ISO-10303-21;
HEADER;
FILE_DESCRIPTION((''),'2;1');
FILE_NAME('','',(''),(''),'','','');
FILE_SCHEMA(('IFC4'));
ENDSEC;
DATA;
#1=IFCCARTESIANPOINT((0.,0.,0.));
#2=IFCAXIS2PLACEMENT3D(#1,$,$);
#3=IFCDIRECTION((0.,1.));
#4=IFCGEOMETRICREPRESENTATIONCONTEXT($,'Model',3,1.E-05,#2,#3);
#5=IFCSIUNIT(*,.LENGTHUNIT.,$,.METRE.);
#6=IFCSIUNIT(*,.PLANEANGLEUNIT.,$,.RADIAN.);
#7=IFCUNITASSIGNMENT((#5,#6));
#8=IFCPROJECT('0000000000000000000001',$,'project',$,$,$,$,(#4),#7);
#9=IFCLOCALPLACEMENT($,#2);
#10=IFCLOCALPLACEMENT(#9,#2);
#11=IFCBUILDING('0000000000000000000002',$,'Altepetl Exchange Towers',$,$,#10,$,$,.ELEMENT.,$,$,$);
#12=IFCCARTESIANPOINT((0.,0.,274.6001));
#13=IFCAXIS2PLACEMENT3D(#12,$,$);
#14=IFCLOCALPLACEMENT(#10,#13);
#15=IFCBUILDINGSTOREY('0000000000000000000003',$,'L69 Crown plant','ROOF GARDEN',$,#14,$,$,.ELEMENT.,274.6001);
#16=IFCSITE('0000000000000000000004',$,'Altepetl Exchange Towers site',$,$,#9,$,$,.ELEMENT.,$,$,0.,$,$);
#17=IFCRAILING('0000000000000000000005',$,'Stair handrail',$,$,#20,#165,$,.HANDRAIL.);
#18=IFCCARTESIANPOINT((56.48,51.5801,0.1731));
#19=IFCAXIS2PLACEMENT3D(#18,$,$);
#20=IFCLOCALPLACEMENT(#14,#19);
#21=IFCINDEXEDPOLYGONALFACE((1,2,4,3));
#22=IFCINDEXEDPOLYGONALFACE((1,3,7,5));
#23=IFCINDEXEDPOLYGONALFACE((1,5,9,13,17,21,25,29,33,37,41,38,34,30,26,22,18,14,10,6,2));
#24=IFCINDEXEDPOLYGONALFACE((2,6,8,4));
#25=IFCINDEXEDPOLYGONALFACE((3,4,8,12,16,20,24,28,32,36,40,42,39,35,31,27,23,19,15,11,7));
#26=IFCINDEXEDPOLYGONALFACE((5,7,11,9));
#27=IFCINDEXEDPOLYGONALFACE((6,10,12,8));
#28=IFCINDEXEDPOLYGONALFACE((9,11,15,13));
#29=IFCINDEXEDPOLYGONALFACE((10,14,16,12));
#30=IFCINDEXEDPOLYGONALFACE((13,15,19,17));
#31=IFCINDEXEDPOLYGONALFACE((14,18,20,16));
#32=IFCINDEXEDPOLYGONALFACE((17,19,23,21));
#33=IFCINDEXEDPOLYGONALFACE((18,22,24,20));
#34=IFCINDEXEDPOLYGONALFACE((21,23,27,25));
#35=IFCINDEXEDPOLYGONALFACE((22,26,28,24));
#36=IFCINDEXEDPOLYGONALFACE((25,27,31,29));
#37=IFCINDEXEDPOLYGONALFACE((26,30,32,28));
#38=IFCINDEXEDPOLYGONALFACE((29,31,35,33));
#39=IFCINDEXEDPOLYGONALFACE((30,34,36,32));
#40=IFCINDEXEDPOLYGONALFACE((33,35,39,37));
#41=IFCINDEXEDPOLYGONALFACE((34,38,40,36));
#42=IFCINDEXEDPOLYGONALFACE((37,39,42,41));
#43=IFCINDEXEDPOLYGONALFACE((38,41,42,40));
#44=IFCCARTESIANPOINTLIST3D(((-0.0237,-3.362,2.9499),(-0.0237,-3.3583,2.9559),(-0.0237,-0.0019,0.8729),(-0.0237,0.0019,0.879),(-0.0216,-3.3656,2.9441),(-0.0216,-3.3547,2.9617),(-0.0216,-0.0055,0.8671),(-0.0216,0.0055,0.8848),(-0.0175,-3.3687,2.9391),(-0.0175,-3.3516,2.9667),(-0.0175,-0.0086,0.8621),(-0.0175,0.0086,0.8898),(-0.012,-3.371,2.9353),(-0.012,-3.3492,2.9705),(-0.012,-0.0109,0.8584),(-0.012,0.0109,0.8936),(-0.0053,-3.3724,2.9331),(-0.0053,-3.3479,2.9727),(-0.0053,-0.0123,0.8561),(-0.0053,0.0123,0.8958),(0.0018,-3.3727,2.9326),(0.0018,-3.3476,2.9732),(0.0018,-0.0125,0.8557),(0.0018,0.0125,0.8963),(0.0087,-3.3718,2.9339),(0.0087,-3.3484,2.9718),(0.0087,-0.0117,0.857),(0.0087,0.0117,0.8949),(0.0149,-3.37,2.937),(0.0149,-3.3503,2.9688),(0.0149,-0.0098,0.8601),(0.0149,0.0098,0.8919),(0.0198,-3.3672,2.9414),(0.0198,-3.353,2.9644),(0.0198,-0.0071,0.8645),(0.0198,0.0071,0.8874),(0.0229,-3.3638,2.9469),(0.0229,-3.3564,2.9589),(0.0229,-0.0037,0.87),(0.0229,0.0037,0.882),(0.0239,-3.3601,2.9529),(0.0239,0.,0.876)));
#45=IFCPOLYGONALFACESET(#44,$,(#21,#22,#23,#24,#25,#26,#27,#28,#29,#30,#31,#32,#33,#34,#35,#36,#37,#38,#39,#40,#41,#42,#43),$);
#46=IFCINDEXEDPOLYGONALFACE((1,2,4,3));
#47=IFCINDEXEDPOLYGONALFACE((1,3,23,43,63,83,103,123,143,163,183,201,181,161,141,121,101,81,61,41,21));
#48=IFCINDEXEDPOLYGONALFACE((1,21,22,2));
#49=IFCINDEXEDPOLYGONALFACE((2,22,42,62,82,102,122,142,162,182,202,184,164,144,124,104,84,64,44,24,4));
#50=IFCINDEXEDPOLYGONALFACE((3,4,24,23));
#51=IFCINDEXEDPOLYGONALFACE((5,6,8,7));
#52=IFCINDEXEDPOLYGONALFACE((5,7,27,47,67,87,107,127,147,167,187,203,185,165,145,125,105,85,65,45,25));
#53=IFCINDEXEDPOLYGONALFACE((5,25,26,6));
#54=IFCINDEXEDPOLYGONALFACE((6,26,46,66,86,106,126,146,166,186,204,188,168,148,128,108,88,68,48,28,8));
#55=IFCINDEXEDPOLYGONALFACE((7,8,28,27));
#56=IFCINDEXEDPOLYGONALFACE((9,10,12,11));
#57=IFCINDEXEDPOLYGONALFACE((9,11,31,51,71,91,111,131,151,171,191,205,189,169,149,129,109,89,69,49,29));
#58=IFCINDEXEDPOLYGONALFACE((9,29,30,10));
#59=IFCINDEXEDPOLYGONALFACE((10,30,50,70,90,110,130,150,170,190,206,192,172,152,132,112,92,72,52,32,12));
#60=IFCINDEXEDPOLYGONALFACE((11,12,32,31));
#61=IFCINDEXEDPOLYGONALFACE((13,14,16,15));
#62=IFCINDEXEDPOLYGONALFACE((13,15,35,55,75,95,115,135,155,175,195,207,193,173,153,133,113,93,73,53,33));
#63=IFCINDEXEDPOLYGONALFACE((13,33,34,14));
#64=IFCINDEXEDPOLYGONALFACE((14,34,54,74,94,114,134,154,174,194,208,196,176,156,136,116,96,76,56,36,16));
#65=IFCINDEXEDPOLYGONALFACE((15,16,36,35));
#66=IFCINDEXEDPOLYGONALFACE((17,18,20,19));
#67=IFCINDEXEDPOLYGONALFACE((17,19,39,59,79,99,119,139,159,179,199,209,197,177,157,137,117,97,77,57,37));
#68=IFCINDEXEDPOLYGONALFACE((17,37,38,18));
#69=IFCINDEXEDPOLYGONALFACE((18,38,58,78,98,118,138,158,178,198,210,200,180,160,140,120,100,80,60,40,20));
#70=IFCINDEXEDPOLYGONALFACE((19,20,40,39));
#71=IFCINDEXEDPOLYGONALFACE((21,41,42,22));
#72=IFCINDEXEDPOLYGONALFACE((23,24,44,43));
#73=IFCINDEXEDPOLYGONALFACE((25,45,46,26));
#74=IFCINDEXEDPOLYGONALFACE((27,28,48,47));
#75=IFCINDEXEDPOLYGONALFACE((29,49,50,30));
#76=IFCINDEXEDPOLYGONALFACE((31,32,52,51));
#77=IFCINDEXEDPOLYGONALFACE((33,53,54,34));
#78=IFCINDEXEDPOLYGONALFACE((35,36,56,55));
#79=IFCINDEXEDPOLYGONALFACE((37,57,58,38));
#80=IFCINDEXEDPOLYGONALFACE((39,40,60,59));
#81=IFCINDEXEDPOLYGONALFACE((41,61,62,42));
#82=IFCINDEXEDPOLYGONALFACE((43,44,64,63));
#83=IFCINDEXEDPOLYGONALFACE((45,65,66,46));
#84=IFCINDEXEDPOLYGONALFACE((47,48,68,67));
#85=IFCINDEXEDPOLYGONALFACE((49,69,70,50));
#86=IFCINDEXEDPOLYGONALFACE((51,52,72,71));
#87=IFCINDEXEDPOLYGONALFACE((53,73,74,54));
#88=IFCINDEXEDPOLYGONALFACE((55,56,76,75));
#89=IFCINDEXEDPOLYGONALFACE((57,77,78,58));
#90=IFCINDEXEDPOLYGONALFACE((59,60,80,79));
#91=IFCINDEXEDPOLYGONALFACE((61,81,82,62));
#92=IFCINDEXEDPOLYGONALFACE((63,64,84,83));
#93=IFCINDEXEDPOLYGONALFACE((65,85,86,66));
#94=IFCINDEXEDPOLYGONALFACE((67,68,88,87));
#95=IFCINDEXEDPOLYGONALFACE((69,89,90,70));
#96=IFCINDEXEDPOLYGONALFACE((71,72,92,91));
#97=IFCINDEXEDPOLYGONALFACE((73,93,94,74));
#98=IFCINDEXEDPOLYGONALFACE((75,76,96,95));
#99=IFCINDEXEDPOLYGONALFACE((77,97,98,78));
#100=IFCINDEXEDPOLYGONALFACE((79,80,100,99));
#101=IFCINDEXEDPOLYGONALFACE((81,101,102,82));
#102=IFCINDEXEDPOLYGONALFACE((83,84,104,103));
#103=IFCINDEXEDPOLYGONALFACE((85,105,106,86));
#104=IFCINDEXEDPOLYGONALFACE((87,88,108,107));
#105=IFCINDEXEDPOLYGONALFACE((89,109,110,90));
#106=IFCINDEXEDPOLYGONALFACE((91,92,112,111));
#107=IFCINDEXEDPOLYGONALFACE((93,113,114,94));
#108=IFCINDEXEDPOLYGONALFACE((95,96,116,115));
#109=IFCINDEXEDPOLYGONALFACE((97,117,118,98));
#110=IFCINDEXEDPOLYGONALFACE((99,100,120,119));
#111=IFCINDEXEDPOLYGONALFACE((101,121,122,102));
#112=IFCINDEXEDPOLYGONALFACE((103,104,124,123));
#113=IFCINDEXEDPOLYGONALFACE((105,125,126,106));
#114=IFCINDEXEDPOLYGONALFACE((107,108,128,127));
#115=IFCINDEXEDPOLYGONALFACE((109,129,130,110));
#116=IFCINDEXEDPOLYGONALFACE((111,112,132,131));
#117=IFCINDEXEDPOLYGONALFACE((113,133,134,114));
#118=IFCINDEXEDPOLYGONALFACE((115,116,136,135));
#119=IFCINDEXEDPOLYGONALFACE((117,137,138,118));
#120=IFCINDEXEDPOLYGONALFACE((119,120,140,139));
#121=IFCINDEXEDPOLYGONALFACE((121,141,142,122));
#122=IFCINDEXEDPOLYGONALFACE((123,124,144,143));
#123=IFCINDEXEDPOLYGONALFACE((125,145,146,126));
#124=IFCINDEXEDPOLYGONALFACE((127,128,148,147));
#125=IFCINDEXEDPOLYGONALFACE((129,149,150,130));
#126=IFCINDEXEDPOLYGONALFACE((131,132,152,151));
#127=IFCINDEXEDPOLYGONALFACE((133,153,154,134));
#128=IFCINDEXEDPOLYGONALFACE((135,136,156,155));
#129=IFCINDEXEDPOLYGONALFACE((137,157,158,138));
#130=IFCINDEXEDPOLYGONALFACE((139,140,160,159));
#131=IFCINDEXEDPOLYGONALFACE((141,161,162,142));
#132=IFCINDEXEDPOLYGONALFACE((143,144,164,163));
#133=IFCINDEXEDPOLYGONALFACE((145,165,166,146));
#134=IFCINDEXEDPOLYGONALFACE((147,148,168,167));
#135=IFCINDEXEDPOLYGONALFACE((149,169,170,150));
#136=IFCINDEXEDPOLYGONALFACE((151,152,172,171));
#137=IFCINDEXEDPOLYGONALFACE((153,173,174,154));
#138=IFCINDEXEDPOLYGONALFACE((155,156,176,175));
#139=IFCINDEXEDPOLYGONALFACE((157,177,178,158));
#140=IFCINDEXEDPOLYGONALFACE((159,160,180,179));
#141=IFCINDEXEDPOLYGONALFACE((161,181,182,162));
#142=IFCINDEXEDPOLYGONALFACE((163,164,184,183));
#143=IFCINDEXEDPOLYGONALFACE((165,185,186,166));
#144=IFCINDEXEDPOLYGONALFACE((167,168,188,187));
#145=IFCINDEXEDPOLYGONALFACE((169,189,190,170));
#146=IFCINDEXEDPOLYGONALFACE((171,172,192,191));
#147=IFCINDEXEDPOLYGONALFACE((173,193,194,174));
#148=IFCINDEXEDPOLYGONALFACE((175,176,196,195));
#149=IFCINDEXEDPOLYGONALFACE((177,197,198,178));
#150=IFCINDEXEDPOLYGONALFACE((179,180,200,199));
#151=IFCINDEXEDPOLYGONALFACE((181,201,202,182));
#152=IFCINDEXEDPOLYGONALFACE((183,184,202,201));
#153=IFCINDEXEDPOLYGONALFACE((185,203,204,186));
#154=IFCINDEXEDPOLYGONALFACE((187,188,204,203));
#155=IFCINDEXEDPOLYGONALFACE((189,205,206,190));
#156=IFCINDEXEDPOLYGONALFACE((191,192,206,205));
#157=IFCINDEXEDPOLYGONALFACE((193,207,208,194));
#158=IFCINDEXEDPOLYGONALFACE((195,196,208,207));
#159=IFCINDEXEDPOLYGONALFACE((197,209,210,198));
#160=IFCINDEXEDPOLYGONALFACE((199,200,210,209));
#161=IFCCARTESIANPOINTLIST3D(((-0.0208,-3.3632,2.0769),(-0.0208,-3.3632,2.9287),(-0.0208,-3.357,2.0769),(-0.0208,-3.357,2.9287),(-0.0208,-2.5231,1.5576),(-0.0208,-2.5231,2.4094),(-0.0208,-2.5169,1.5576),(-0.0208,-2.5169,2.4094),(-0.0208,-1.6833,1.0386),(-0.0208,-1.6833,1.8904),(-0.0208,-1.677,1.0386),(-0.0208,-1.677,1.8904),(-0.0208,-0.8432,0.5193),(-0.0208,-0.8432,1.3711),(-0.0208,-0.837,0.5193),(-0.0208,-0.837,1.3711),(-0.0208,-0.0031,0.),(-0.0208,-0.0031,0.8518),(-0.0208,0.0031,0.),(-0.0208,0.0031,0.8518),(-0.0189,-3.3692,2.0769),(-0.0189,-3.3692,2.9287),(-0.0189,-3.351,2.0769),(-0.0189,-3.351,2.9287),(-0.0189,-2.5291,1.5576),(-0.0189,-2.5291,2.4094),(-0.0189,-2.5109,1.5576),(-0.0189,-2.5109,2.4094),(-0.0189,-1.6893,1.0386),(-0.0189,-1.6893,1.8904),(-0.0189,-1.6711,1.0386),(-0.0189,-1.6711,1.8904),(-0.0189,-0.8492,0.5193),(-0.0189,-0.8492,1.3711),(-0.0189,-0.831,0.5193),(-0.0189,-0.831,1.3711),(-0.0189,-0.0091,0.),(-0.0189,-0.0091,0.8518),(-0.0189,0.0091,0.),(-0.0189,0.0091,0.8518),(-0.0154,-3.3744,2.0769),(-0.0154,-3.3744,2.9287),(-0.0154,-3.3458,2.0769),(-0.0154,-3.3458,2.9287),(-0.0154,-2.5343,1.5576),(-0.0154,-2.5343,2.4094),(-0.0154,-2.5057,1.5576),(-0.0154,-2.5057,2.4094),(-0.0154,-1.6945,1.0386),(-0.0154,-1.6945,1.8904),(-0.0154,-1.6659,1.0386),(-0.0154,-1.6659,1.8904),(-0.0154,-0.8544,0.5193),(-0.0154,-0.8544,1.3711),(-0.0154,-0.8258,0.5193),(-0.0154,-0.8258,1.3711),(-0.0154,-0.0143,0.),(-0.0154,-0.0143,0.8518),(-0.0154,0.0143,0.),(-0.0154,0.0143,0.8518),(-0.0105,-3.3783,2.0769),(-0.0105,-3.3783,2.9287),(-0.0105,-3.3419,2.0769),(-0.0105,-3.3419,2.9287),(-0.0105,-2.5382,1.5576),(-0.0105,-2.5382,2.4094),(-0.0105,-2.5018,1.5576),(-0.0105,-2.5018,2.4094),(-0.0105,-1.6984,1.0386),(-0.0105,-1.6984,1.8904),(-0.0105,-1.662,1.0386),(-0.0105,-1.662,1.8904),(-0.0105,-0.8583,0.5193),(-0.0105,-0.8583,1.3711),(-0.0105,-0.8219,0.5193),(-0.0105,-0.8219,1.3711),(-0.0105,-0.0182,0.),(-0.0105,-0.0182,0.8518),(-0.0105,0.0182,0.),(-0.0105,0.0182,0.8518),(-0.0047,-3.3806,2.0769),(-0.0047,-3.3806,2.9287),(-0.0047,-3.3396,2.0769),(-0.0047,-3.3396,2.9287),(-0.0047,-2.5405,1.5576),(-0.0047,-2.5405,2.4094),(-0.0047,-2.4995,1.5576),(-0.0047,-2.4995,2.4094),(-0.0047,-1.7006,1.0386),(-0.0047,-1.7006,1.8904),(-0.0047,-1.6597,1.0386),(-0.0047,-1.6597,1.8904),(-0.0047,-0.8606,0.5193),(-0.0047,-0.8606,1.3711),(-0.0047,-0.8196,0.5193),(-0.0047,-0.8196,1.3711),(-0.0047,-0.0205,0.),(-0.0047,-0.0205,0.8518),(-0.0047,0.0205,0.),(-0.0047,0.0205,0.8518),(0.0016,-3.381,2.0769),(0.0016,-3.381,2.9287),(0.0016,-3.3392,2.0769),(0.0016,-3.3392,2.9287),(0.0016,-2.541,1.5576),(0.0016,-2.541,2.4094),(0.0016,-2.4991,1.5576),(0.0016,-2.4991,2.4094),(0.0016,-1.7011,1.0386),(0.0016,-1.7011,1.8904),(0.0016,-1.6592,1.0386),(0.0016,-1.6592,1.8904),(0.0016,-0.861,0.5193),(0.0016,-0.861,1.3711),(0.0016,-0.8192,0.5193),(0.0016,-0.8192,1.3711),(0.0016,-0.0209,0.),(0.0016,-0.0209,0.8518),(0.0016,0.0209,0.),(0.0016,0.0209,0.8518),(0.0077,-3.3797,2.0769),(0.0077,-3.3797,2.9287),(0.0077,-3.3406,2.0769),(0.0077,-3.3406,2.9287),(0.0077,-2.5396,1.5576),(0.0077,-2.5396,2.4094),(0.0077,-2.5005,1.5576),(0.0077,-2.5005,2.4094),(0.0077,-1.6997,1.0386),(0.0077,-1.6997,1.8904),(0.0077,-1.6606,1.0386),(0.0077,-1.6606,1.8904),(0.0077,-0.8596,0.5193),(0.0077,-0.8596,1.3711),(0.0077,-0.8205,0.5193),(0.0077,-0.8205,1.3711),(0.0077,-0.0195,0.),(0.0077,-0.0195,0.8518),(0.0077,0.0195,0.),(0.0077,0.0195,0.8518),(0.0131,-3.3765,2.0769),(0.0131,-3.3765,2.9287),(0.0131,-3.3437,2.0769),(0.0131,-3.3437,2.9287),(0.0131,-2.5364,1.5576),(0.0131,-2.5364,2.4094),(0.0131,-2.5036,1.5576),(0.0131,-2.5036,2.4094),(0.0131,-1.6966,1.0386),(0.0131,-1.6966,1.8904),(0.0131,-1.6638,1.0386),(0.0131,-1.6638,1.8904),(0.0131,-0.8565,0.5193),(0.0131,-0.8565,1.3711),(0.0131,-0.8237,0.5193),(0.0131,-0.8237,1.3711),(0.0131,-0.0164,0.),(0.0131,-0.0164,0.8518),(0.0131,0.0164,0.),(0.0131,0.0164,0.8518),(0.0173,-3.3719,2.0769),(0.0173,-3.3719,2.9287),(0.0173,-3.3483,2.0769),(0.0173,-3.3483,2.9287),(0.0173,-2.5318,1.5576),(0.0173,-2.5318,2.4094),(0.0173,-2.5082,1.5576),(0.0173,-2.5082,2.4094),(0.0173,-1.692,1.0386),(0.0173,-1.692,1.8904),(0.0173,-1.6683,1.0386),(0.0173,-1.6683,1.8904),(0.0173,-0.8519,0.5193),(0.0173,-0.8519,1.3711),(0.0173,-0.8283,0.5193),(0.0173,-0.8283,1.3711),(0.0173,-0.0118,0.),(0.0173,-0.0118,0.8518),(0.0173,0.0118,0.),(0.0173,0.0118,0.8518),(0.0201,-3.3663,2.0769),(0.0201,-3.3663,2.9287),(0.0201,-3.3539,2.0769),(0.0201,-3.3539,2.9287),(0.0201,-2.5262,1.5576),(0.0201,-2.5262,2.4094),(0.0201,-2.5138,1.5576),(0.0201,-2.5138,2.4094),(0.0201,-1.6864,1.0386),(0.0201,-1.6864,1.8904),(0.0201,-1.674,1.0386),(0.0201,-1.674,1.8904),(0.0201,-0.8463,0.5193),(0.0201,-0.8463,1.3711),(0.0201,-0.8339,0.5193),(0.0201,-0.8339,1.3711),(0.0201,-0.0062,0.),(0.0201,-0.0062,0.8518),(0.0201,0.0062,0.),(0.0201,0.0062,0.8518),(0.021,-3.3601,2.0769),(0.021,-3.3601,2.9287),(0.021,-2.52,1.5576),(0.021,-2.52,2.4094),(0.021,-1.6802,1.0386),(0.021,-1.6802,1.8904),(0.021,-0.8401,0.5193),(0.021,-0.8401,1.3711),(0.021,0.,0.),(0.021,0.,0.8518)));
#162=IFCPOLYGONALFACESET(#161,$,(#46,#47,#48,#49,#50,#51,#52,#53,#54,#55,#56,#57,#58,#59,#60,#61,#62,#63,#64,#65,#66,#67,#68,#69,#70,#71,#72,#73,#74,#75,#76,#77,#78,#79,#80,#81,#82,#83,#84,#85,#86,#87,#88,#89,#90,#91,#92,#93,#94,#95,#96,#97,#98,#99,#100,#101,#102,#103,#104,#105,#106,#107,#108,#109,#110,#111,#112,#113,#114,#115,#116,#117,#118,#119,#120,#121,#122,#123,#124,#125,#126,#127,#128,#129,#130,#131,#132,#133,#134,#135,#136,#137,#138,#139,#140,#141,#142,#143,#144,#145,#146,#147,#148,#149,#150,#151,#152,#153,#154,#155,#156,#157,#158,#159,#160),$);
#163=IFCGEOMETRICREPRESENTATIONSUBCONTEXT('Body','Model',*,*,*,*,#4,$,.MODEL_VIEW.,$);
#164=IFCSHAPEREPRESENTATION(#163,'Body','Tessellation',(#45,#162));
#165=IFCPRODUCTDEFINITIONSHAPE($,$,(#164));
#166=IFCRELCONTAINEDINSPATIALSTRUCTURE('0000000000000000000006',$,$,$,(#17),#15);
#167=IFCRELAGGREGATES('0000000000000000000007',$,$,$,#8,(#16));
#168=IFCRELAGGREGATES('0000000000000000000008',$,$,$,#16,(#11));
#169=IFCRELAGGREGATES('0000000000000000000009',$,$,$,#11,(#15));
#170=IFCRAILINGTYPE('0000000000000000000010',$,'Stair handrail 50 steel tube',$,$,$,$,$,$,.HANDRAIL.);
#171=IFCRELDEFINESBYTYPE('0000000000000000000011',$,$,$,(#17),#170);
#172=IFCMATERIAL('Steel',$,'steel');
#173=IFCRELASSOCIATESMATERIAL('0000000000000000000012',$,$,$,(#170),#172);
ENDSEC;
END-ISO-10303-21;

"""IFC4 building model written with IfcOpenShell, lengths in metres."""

from ifc_helpers import new_model, si_unit, direction, frame, origin, origin_2d, place, context, subcontext, project, spatial, circle, extrude, source, transform, mapped, material, type_object, element, save


model = new_model("IFC4")

# Units and contexts
model_context = context("Model", 3, precision=1e-05, world=origin(), true_north=direction((0.0, 1.0)))
body_context = subcontext(model_context, "Body", "Model", "MODEL_VIEW")
ifc_project = project(units=[si_unit("LENGTHUNIT", "METRE"), si_unit("PLANEANGLEUNIT", "RADIAN")], contexts=[model_context])

# Site, building, storey
site_placement = place(None, origin())
site = spatial("IfcSite", under=ifc_project, at=site_placement, Name="Altepetl Exchange Towers site", CompositionType="ELEMENT", RefElevation=0.0)
building_placement = place(site_placement, origin())
building = spatial("IfcBuilding", under=site, at=building_placement, Name="Altepetl Exchange Towers", CompositionType="ELEMENT")
storey_placement = place(building_placement, frame((0.0, 0.0, 274.6001)))
storey = spatial("IfcBuildingStorey", under=building, at=storey_placement, Name="L69 Crown plant", Description="ROOF GARDEN", CompositionType="ELEMENT", Elevation=274.6001)

# Railing
ifc_material_1 = material(Name="Steel", Category="steel")
railing_type = type_object("IfcRailingType", Name="Stair handrail 50 steel tube", PredefinedType="HANDRAIL", material=ifc_material_1)
shared_shape = source(origin(), body_context, "Body", "SweptSolid", [
    extrude(circle(Radius=0.021, at=origin_2d()), origin(), (0.0, 0.0, 1.0), 0.8518),
])
for number, where, name in (
    (1, (56.48, 51.5801, 0.1731), "Stair handrail"),
):
    element("IfcRailing", number, at=place(storey_placement, frame(where)), inside=storey, type_object=railing_type, Name=name, PredefinedType="HANDRAIL", context=body_context, shape_type="SweptSolid", body=[
        extrude(circle(Radius=0.0239, at=origin_2d()), frame((0.0, 0.0, 0.876), z_axis=(0.0, -0.850623, 0.525776), x_axis=(1.0, 0.0, 0.0)), (0.0, 0.0, 1.0), 3.9502),
        mapped(shared_shape, transform((0.0, 0.0, 0.0))),
        mapped(shared_shape, transform((0.0, -0.8401, 0.5193))),
        mapped(shared_shape, transform((0.0, -1.6802, 1.0386))),
        mapped(shared_shape, transform((0.0, -2.52, 1.5576))),
        mapped(shared_shape, transform((0.0, -3.3601, 2.0769))),
    ])

save(model, "model.ifc")
